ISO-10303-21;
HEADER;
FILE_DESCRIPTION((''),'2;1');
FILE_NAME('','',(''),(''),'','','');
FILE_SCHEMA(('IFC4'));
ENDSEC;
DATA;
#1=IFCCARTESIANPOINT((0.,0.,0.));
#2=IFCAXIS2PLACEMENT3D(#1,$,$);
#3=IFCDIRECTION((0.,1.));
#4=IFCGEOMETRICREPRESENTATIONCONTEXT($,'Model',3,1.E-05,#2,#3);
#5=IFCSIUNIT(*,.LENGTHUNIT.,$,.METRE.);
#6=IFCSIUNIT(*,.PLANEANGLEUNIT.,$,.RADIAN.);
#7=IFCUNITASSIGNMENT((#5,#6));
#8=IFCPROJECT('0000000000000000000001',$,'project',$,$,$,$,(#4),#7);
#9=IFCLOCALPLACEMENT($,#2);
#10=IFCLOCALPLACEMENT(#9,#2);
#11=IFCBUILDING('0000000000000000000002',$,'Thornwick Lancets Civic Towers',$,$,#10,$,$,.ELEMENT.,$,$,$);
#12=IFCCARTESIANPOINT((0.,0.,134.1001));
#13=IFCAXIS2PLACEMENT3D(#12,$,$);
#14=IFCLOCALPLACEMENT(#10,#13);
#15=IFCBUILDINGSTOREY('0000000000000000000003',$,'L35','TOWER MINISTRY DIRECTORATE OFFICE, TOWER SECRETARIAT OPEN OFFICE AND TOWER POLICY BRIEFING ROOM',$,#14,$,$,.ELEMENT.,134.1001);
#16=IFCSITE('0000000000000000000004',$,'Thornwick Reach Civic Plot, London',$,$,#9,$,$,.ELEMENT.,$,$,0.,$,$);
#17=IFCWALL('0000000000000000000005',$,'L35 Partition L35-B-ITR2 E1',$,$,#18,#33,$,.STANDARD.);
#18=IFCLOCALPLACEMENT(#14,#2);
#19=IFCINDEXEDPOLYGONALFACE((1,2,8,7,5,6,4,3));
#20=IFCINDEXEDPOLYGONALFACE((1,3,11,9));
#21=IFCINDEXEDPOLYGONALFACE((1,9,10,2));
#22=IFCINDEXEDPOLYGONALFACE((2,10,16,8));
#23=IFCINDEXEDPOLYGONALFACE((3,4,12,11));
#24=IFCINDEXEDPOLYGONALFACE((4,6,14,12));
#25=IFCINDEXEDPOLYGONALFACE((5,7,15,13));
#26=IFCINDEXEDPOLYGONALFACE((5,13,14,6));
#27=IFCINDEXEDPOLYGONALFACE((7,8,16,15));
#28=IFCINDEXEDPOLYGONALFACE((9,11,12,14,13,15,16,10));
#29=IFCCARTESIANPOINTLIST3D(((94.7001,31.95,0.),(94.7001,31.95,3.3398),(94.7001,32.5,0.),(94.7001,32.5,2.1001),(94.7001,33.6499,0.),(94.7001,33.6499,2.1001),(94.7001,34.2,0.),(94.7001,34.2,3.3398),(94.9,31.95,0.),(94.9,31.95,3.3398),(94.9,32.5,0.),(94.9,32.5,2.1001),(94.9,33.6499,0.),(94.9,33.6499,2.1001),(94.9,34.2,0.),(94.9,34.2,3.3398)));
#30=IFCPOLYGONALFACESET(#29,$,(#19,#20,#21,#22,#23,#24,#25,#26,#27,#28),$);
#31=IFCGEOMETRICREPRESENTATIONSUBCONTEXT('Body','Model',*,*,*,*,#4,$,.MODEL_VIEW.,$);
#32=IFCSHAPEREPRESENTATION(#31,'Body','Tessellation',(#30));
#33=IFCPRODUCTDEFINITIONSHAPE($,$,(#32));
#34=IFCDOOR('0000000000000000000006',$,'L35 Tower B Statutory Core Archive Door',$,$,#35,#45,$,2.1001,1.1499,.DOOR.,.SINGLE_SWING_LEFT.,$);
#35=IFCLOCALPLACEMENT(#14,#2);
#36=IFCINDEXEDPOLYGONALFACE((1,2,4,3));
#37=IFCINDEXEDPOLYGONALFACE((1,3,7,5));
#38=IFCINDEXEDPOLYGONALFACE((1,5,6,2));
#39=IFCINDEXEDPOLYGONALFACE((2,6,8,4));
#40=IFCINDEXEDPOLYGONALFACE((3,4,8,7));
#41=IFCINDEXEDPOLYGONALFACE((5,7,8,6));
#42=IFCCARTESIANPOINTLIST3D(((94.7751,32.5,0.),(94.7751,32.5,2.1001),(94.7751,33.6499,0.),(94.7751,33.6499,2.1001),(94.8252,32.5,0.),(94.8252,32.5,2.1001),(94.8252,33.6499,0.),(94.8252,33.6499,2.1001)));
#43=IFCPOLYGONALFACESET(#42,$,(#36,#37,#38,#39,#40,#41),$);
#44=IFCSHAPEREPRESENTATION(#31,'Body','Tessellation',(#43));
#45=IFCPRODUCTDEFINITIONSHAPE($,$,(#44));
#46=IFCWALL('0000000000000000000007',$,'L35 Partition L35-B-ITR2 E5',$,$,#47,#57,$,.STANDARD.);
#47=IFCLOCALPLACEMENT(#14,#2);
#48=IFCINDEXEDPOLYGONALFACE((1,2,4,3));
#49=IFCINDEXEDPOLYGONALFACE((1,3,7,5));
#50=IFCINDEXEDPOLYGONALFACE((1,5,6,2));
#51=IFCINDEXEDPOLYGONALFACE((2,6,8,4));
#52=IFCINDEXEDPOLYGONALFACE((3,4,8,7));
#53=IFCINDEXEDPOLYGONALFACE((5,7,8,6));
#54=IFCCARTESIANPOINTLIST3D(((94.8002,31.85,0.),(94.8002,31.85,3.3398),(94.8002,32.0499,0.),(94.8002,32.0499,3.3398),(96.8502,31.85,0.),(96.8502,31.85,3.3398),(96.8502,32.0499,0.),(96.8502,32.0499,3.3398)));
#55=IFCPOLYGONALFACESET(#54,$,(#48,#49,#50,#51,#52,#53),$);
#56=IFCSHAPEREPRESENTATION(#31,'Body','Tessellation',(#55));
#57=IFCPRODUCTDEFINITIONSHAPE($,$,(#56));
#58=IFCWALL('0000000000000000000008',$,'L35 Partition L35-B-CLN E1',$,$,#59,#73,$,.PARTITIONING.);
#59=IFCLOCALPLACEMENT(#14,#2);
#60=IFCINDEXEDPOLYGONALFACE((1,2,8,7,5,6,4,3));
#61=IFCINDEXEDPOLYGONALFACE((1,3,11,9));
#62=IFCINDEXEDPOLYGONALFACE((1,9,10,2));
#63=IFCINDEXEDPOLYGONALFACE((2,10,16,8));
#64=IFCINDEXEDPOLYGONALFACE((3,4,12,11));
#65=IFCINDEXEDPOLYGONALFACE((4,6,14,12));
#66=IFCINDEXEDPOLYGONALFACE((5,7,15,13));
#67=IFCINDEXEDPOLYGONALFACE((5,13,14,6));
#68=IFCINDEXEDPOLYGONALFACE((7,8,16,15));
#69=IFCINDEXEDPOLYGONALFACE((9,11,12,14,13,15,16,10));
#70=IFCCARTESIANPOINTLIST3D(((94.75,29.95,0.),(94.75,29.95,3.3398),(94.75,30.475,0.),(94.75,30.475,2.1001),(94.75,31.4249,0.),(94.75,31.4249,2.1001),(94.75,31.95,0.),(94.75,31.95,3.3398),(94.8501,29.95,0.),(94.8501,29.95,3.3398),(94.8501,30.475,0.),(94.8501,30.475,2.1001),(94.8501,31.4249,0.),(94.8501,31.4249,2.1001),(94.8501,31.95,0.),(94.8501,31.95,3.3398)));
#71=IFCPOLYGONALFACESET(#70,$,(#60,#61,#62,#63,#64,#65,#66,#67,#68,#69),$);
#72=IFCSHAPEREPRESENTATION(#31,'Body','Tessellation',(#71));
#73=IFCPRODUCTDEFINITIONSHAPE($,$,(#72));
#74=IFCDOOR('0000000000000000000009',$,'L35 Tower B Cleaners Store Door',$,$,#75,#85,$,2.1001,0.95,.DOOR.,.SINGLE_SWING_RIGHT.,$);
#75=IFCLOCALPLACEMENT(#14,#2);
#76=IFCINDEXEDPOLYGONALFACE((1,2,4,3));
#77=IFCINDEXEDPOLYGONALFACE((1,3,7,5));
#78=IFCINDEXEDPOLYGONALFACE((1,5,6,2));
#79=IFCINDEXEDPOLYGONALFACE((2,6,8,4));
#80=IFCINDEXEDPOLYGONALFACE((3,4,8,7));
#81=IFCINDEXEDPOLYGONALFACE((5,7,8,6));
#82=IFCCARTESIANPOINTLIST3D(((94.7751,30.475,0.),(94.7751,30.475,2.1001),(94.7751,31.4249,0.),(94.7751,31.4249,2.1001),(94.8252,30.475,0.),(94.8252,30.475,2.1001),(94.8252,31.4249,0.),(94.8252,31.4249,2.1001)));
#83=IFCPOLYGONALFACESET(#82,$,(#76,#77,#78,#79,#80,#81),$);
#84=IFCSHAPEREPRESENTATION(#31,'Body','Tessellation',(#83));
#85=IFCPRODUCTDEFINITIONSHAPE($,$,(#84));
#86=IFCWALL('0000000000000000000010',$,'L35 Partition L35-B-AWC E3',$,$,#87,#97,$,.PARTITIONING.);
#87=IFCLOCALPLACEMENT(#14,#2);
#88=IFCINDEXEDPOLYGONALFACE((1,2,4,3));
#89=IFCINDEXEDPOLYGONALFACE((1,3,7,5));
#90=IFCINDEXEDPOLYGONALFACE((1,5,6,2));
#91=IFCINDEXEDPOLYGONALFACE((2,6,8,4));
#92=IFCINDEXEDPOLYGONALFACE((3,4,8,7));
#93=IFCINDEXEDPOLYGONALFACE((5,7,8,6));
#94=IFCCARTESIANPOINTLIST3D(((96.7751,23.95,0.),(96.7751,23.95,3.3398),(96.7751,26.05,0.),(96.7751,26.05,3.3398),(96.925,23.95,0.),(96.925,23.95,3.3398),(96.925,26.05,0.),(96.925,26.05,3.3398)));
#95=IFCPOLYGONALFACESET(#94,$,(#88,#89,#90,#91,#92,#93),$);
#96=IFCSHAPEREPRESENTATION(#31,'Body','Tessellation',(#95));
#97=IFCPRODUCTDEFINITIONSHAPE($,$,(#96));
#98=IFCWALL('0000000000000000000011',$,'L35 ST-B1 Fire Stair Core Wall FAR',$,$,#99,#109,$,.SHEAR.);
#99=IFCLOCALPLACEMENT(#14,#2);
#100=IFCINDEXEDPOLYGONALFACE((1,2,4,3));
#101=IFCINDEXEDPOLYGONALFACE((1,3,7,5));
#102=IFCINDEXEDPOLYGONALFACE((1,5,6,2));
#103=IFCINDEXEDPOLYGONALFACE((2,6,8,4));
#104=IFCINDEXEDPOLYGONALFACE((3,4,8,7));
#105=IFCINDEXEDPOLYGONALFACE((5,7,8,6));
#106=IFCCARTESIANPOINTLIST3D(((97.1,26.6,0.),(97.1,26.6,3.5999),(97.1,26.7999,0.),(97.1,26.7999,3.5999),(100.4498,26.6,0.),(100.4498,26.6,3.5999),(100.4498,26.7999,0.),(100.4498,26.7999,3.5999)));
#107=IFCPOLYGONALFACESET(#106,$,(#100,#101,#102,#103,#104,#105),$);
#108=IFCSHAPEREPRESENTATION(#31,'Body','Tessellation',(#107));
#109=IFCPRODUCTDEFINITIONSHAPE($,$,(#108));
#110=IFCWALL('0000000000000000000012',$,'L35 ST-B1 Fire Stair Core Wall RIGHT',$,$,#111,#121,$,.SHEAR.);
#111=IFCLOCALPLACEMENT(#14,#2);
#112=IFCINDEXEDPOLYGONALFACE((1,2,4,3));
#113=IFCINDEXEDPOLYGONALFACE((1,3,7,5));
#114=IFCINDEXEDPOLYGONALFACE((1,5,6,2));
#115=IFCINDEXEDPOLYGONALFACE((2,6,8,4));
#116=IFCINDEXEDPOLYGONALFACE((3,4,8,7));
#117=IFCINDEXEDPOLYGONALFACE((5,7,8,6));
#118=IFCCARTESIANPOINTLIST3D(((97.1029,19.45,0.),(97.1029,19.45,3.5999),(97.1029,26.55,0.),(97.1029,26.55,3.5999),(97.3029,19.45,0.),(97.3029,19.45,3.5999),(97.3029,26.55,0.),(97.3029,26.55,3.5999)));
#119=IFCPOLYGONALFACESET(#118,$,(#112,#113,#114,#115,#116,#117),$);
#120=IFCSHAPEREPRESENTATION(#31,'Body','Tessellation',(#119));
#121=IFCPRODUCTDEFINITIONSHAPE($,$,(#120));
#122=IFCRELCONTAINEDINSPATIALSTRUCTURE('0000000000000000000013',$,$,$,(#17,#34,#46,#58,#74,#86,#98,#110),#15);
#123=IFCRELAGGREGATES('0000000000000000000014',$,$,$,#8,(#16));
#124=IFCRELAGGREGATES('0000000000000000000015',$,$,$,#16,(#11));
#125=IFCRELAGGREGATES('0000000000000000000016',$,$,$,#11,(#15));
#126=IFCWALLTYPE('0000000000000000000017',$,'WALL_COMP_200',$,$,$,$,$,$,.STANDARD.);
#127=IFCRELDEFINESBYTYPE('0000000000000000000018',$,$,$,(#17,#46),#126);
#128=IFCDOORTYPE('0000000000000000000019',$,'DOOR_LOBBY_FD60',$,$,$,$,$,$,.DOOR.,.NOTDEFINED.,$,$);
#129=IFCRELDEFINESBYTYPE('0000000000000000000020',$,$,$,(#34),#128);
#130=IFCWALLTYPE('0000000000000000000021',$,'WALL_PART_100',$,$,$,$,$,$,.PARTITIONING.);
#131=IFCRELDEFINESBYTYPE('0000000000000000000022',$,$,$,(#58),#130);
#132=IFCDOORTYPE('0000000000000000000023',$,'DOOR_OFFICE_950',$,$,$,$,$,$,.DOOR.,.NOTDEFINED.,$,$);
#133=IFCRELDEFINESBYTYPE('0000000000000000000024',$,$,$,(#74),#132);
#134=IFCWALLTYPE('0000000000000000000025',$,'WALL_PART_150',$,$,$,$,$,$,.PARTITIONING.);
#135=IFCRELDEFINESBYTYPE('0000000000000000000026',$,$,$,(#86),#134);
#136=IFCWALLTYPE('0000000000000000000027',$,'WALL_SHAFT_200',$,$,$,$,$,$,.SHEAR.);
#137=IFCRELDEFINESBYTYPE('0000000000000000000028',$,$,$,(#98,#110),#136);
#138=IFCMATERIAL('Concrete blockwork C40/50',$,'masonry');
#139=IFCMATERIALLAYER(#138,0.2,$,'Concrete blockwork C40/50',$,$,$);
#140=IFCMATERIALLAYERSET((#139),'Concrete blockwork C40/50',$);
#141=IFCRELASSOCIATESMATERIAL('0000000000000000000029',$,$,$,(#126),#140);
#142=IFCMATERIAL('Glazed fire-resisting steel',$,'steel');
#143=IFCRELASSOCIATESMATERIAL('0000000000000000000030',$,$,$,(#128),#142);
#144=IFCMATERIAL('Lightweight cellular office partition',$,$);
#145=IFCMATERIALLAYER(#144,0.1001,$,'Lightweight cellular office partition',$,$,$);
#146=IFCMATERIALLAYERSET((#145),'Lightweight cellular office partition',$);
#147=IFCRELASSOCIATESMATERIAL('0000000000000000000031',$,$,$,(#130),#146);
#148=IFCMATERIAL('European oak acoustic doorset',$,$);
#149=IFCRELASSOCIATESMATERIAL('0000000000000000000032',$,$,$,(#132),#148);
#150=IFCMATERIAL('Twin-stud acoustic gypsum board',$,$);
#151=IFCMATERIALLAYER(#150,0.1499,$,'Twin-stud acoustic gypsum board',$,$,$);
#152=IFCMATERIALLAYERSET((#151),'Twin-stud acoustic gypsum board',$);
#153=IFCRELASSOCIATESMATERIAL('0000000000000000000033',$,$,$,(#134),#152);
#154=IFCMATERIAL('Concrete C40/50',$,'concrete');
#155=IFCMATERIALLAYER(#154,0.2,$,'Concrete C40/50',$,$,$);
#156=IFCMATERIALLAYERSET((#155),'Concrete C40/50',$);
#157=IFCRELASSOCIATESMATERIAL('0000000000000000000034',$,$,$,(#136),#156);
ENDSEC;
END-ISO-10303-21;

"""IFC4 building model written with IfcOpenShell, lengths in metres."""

from ifc_helpers import new_model, si_unit, direction, frame, frame_2d, origin, place, context, subcontext, project, spatial, rectangle, extrude, material, layer, layer_set, type_object, element, fill, save


model = new_model("IFC4")

# Units and contexts
model_context = context("Model", 3, precision=1e-05, world=origin(), true_north=direction((0.0, 1.0)))
body_context = subcontext(model_context, "Body", "Model", "MODEL_VIEW")
ifc_project = project(units=[si_unit("LENGTHUNIT", "METRE"), si_unit("PLANEANGLEUNIT", "RADIAN")], contexts=[model_context])

# Site, building, storey
site_placement = place(None, origin())
site = spatial("IfcSite", under=ifc_project, at=site_placement, Name="Thornwick Reach Civic Plot, London", CompositionType="ELEMENT", RefElevation=0.0)
building_placement = place(site_placement, origin())
building = spatial("IfcBuilding", under=site, at=building_placement, Name="Thornwick Lancets Civic Towers", CompositionType="ELEMENT")
storey_placement = place(building_placement, frame((0.0, 0.0, 134.1001)))
storey = spatial("IfcBuildingStorey", under=building, at=storey_placement, Name="L35", Description="TOWER MINISTRY DIRECTORATE OFFICE, TOWER SECRETARIAT OPEN OFFICE AND TOWER POLICY BRIEFING ROOM", CompositionType="ELEMENT", Elevation=134.1001)

# Shared definitions
ifc_material_1 = material(Name="Concrete blockwork C40/50", Category="masonry")
ifc_layer_1 = layer(ifc_material_1, 0.2, Name="Concrete blockwork C40/50")
ifc_layer_set_1 = layer_set([ifc_layer_1], Name="Concrete blockwork C40/50")
wall_type_1 = type_object("IfcWallType", Name="WALL_COMP_200", PredefinedType="STANDARD", material=ifc_layer_set_1)

# Wall, opening, door
wall_1_placement = place(storey_placement, frame((94.8, 31.95, 0.0), z_axis=(0.0, 0.0, 1.0), x_axis=(0.0, 1.0, 0.0)))
wall_1 = element("IfcWall", 1, at=wall_1_placement, inside=storey, type_object=wall_type_1, Name="L35 Partition L35-B-ITR2 E1", PredefinedType="STANDARD", context=body_context, shape_type="SweptSolid", body=[
    extrude(rectangle(XDim=2.25, YDim=0.2, at=frame_2d((1.125, 0.0))), origin(), (0.0, 0.0, 1.0), 3.3398),
])
opening_1_placement = place(wall_1_placement, frame((0.55, 0.0, 0.0)))
opening_1 = element("IfcOpeningElement", 2, at=opening_1_placement, cuts=wall_1, PredefinedType="OPENING", context=body_context, shape_type="SweptSolid", body=[
    extrude(rectangle(XDim=1.1499, YDim=2.1001, at=frame_2d((0.575, 1.05))), frame((0.0, 0.1099, 0.0), z_axis=(0.0, -1.0, 0.0), x_axis=(1.0, 0.0, 0.0)), (0.0, 0.0, 1.0), 0.22),
])
ifc_material_2 = material(Name="Glazed fire-resisting steel", Category="steel")
door_type_1 = type_object("IfcDoorType", Name="DOOR_LOBBY_FD60", OperationType="NOTDEFINED", PredefinedType="DOOR", material=ifc_material_2)
door_1_placement = place(opening_1_placement, origin())
door_1 = element("IfcDoor", 3, at=door_1_placement, inside=storey, type_object=door_type_1, Name="L35 Tower B Statutory Core Archive Door", OperationType="SINGLE_SWING_LEFT", OverallHeight=2.1001, OverallWidth=1.1499, PredefinedType="DOOR", context=body_context, shape_type="SweptSolid", body=[
    extrude(rectangle(XDim=1.1499, YDim=2.1001, at=frame_2d((0.575, 1.05))), frame((0.0, 0.0249, 0.0), z_axis=(0.0, -1.0, 0.0), x_axis=(1.0, 0.0, 0.0)), (0.0, 0.0, 1.0), 0.05),
])
fill(opening_1, door_1)

# Wall
wall_2_placement = place(storey_placement, frame((96.8501, 31.95, 0.0), z_axis=(0.0, 0.0, 1.0), x_axis=(-1.0, 0.0, 0.0)))
element("IfcWall", 4, at=wall_2_placement, inside=storey, type_object=wall_type_1, Name="L35 Partition L35-B-ITR2 E5", PredefinedType="STANDARD", context=body_context, shape_type="SweptSolid", body=[
    extrude(rectangle(XDim=2.05, YDim=0.2, at=frame_2d((1.0249, 0.0))), origin(), (0.0, 0.0, 1.0), 3.3398),
])

# Wall, opening, door
ifc_material_3 = material(Name="Lightweight cellular office partition")
ifc_layer_2 = layer(ifc_material_3, 0.1001, Name="Lightweight cellular office partition")
ifc_layer_set_2 = layer_set([ifc_layer_2], Name="Lightweight cellular office partition")
wall_type_2 = type_object("IfcWallType", Name="WALL_PART_100", PredefinedType="PARTITIONING", material=ifc_layer_set_2)
wall_3_placement = place(storey_placement, frame((94.8, 29.95, 0.0), z_axis=(0.0, 0.0, 1.0), x_axis=(0.0, 1.0, 0.0)))
wall_3 = element("IfcWall", 5, at=wall_3_placement, inside=storey, type_object=wall_type_2, Name="L35 Partition L35-B-CLN E1", PredefinedType="PARTITIONING", context=body_context, shape_type="SweptSolid", body=[
    extrude(rectangle(XDim=2.0, YDim=0.1001, at=frame_2d((1.0, 0.0))), origin(), (0.0, 0.0, 1.0), 3.3398),
])
opening_2_placement = place(wall_3_placement, frame((0.5249, 0.0, 0.0)))
opening_2 = element("IfcOpeningElement", 6, at=opening_2_placement, cuts=wall_3, PredefinedType="OPENING", context=body_context, shape_type="SweptSolid", body=[
    extrude(rectangle(XDim=0.95, YDim=2.1001, at=frame_2d((0.4751, 1.05))), frame((0.0, 0.0601, 0.0), z_axis=(0.0, -1.0, 0.0), x_axis=(1.0, 0.0, 0.0)), (0.0, 0.0, 1.0), 0.1201),
])
ifc_material_4 = material(Name="European oak acoustic doorset")
door_type_2 = type_object("IfcDoorType", Name="DOOR_OFFICE_950", OperationType="NOTDEFINED", PredefinedType="DOOR", material=ifc_material_4)
door_2_placement = place(opening_2_placement, origin())
door_2 = element("IfcDoor", 7, at=door_2_placement, inside=storey, type_object=door_type_2, Name="L35 Tower B Cleaners Store Door", OperationType="SINGLE_SWING_RIGHT", OverallHeight=2.1001, OverallWidth=0.95, PredefinedType="DOOR", context=body_context, shape_type="SweptSolid", body=[
    extrude(rectangle(XDim=0.95, YDim=2.1001, at=frame_2d((0.4751, 1.05))), frame((0.0, 0.0249, 0.0), z_axis=(0.0, -1.0, 0.0), x_axis=(1.0, 0.0, 0.0)), (0.0, 0.0, 1.0), 0.05),
])
fill(opening_2, door_2)

# Walls
ifc_material_5 = material(Name="Twin-stud acoustic gypsum board")
ifc_layer_3 = layer(ifc_material_5, 0.1499, Name="Twin-stud acoustic gypsum board")
ifc_layer_set_3 = layer_set([ifc_layer_3], Name="Twin-stud acoustic gypsum board")
wall_type_3 = type_object("IfcWallType", Name="WALL_PART_150", PredefinedType="PARTITIONING", material=ifc_layer_set_3)
wall_4_placement = place(storey_placement, frame((96.8501, 26.05, 0.0), z_axis=(0.0, 0.0, 1.0), x_axis=(0.0, -1.0, 0.0)))
element("IfcWall", 8, at=wall_4_placement, inside=storey, type_object=wall_type_3, Name="L35 Partition L35-B-AWC E3", PredefinedType="PARTITIONING", context=body_context, shape_type="SweptSolid", body=[
    extrude(rectangle(XDim=2.1001, YDim=0.1499, at=frame_2d((1.05, 0.0))), origin(), (0.0, 0.0, 1.0), 3.3398),
])
ifc_material_6 = material(Name="Concrete C40/50", Category="concrete")
ifc_layer_4 = layer(ifc_material_6, 0.2, Name="Concrete C40/50")
ifc_layer_set_4 = layer_set([ifc_layer_4], Name="Concrete C40/50")
wall_type_4 = type_object("IfcWallType", Name="WALL_SHAFT_200", PredefinedType="SHEAR", material=ifc_layer_set_4)
wall_5_placement = place(storey_placement, frame((97.1001, 26.7, 0.0), z_axis=(0.0, 0.0, 1.0), x_axis=(1.0, 0.0, 0.0)))
element("IfcWall", 9, at=wall_5_placement, inside=storey, type_object=wall_type_4, Name="L35 ST-B1 Fire Stair Core Wall FAR", PredefinedType="SHEAR", context=body_context, shape_type="SweptSolid", body=[
    extrude(rectangle(XDim=3.3499, YDim=0.2, at=frame_2d((1.6748, 0.0))), origin(), (0.0, 0.0, 1.0), 3.5999),
])
wall_6_placement = place(storey_placement, frame((97.2029, 26.55, 0.0), z_axis=(0.0, 0.0, 1.0), x_axis=(0.0, -1.0, 0.0)))
element("IfcWall", 10, at=wall_6_placement, inside=storey, type_object=wall_type_4, Name="L35 ST-B1 Fire Stair Core Wall RIGHT", PredefinedType="SHEAR", context=body_context, shape_type="SweptSolid", body=[
    extrude(rectangle(XDim=7.1001, YDim=0.2, at=frame_2d((3.55, 0.0))), origin(), (0.0, 0.0, 1.0), 3.5999),
])

save(model, "model.ifc")
